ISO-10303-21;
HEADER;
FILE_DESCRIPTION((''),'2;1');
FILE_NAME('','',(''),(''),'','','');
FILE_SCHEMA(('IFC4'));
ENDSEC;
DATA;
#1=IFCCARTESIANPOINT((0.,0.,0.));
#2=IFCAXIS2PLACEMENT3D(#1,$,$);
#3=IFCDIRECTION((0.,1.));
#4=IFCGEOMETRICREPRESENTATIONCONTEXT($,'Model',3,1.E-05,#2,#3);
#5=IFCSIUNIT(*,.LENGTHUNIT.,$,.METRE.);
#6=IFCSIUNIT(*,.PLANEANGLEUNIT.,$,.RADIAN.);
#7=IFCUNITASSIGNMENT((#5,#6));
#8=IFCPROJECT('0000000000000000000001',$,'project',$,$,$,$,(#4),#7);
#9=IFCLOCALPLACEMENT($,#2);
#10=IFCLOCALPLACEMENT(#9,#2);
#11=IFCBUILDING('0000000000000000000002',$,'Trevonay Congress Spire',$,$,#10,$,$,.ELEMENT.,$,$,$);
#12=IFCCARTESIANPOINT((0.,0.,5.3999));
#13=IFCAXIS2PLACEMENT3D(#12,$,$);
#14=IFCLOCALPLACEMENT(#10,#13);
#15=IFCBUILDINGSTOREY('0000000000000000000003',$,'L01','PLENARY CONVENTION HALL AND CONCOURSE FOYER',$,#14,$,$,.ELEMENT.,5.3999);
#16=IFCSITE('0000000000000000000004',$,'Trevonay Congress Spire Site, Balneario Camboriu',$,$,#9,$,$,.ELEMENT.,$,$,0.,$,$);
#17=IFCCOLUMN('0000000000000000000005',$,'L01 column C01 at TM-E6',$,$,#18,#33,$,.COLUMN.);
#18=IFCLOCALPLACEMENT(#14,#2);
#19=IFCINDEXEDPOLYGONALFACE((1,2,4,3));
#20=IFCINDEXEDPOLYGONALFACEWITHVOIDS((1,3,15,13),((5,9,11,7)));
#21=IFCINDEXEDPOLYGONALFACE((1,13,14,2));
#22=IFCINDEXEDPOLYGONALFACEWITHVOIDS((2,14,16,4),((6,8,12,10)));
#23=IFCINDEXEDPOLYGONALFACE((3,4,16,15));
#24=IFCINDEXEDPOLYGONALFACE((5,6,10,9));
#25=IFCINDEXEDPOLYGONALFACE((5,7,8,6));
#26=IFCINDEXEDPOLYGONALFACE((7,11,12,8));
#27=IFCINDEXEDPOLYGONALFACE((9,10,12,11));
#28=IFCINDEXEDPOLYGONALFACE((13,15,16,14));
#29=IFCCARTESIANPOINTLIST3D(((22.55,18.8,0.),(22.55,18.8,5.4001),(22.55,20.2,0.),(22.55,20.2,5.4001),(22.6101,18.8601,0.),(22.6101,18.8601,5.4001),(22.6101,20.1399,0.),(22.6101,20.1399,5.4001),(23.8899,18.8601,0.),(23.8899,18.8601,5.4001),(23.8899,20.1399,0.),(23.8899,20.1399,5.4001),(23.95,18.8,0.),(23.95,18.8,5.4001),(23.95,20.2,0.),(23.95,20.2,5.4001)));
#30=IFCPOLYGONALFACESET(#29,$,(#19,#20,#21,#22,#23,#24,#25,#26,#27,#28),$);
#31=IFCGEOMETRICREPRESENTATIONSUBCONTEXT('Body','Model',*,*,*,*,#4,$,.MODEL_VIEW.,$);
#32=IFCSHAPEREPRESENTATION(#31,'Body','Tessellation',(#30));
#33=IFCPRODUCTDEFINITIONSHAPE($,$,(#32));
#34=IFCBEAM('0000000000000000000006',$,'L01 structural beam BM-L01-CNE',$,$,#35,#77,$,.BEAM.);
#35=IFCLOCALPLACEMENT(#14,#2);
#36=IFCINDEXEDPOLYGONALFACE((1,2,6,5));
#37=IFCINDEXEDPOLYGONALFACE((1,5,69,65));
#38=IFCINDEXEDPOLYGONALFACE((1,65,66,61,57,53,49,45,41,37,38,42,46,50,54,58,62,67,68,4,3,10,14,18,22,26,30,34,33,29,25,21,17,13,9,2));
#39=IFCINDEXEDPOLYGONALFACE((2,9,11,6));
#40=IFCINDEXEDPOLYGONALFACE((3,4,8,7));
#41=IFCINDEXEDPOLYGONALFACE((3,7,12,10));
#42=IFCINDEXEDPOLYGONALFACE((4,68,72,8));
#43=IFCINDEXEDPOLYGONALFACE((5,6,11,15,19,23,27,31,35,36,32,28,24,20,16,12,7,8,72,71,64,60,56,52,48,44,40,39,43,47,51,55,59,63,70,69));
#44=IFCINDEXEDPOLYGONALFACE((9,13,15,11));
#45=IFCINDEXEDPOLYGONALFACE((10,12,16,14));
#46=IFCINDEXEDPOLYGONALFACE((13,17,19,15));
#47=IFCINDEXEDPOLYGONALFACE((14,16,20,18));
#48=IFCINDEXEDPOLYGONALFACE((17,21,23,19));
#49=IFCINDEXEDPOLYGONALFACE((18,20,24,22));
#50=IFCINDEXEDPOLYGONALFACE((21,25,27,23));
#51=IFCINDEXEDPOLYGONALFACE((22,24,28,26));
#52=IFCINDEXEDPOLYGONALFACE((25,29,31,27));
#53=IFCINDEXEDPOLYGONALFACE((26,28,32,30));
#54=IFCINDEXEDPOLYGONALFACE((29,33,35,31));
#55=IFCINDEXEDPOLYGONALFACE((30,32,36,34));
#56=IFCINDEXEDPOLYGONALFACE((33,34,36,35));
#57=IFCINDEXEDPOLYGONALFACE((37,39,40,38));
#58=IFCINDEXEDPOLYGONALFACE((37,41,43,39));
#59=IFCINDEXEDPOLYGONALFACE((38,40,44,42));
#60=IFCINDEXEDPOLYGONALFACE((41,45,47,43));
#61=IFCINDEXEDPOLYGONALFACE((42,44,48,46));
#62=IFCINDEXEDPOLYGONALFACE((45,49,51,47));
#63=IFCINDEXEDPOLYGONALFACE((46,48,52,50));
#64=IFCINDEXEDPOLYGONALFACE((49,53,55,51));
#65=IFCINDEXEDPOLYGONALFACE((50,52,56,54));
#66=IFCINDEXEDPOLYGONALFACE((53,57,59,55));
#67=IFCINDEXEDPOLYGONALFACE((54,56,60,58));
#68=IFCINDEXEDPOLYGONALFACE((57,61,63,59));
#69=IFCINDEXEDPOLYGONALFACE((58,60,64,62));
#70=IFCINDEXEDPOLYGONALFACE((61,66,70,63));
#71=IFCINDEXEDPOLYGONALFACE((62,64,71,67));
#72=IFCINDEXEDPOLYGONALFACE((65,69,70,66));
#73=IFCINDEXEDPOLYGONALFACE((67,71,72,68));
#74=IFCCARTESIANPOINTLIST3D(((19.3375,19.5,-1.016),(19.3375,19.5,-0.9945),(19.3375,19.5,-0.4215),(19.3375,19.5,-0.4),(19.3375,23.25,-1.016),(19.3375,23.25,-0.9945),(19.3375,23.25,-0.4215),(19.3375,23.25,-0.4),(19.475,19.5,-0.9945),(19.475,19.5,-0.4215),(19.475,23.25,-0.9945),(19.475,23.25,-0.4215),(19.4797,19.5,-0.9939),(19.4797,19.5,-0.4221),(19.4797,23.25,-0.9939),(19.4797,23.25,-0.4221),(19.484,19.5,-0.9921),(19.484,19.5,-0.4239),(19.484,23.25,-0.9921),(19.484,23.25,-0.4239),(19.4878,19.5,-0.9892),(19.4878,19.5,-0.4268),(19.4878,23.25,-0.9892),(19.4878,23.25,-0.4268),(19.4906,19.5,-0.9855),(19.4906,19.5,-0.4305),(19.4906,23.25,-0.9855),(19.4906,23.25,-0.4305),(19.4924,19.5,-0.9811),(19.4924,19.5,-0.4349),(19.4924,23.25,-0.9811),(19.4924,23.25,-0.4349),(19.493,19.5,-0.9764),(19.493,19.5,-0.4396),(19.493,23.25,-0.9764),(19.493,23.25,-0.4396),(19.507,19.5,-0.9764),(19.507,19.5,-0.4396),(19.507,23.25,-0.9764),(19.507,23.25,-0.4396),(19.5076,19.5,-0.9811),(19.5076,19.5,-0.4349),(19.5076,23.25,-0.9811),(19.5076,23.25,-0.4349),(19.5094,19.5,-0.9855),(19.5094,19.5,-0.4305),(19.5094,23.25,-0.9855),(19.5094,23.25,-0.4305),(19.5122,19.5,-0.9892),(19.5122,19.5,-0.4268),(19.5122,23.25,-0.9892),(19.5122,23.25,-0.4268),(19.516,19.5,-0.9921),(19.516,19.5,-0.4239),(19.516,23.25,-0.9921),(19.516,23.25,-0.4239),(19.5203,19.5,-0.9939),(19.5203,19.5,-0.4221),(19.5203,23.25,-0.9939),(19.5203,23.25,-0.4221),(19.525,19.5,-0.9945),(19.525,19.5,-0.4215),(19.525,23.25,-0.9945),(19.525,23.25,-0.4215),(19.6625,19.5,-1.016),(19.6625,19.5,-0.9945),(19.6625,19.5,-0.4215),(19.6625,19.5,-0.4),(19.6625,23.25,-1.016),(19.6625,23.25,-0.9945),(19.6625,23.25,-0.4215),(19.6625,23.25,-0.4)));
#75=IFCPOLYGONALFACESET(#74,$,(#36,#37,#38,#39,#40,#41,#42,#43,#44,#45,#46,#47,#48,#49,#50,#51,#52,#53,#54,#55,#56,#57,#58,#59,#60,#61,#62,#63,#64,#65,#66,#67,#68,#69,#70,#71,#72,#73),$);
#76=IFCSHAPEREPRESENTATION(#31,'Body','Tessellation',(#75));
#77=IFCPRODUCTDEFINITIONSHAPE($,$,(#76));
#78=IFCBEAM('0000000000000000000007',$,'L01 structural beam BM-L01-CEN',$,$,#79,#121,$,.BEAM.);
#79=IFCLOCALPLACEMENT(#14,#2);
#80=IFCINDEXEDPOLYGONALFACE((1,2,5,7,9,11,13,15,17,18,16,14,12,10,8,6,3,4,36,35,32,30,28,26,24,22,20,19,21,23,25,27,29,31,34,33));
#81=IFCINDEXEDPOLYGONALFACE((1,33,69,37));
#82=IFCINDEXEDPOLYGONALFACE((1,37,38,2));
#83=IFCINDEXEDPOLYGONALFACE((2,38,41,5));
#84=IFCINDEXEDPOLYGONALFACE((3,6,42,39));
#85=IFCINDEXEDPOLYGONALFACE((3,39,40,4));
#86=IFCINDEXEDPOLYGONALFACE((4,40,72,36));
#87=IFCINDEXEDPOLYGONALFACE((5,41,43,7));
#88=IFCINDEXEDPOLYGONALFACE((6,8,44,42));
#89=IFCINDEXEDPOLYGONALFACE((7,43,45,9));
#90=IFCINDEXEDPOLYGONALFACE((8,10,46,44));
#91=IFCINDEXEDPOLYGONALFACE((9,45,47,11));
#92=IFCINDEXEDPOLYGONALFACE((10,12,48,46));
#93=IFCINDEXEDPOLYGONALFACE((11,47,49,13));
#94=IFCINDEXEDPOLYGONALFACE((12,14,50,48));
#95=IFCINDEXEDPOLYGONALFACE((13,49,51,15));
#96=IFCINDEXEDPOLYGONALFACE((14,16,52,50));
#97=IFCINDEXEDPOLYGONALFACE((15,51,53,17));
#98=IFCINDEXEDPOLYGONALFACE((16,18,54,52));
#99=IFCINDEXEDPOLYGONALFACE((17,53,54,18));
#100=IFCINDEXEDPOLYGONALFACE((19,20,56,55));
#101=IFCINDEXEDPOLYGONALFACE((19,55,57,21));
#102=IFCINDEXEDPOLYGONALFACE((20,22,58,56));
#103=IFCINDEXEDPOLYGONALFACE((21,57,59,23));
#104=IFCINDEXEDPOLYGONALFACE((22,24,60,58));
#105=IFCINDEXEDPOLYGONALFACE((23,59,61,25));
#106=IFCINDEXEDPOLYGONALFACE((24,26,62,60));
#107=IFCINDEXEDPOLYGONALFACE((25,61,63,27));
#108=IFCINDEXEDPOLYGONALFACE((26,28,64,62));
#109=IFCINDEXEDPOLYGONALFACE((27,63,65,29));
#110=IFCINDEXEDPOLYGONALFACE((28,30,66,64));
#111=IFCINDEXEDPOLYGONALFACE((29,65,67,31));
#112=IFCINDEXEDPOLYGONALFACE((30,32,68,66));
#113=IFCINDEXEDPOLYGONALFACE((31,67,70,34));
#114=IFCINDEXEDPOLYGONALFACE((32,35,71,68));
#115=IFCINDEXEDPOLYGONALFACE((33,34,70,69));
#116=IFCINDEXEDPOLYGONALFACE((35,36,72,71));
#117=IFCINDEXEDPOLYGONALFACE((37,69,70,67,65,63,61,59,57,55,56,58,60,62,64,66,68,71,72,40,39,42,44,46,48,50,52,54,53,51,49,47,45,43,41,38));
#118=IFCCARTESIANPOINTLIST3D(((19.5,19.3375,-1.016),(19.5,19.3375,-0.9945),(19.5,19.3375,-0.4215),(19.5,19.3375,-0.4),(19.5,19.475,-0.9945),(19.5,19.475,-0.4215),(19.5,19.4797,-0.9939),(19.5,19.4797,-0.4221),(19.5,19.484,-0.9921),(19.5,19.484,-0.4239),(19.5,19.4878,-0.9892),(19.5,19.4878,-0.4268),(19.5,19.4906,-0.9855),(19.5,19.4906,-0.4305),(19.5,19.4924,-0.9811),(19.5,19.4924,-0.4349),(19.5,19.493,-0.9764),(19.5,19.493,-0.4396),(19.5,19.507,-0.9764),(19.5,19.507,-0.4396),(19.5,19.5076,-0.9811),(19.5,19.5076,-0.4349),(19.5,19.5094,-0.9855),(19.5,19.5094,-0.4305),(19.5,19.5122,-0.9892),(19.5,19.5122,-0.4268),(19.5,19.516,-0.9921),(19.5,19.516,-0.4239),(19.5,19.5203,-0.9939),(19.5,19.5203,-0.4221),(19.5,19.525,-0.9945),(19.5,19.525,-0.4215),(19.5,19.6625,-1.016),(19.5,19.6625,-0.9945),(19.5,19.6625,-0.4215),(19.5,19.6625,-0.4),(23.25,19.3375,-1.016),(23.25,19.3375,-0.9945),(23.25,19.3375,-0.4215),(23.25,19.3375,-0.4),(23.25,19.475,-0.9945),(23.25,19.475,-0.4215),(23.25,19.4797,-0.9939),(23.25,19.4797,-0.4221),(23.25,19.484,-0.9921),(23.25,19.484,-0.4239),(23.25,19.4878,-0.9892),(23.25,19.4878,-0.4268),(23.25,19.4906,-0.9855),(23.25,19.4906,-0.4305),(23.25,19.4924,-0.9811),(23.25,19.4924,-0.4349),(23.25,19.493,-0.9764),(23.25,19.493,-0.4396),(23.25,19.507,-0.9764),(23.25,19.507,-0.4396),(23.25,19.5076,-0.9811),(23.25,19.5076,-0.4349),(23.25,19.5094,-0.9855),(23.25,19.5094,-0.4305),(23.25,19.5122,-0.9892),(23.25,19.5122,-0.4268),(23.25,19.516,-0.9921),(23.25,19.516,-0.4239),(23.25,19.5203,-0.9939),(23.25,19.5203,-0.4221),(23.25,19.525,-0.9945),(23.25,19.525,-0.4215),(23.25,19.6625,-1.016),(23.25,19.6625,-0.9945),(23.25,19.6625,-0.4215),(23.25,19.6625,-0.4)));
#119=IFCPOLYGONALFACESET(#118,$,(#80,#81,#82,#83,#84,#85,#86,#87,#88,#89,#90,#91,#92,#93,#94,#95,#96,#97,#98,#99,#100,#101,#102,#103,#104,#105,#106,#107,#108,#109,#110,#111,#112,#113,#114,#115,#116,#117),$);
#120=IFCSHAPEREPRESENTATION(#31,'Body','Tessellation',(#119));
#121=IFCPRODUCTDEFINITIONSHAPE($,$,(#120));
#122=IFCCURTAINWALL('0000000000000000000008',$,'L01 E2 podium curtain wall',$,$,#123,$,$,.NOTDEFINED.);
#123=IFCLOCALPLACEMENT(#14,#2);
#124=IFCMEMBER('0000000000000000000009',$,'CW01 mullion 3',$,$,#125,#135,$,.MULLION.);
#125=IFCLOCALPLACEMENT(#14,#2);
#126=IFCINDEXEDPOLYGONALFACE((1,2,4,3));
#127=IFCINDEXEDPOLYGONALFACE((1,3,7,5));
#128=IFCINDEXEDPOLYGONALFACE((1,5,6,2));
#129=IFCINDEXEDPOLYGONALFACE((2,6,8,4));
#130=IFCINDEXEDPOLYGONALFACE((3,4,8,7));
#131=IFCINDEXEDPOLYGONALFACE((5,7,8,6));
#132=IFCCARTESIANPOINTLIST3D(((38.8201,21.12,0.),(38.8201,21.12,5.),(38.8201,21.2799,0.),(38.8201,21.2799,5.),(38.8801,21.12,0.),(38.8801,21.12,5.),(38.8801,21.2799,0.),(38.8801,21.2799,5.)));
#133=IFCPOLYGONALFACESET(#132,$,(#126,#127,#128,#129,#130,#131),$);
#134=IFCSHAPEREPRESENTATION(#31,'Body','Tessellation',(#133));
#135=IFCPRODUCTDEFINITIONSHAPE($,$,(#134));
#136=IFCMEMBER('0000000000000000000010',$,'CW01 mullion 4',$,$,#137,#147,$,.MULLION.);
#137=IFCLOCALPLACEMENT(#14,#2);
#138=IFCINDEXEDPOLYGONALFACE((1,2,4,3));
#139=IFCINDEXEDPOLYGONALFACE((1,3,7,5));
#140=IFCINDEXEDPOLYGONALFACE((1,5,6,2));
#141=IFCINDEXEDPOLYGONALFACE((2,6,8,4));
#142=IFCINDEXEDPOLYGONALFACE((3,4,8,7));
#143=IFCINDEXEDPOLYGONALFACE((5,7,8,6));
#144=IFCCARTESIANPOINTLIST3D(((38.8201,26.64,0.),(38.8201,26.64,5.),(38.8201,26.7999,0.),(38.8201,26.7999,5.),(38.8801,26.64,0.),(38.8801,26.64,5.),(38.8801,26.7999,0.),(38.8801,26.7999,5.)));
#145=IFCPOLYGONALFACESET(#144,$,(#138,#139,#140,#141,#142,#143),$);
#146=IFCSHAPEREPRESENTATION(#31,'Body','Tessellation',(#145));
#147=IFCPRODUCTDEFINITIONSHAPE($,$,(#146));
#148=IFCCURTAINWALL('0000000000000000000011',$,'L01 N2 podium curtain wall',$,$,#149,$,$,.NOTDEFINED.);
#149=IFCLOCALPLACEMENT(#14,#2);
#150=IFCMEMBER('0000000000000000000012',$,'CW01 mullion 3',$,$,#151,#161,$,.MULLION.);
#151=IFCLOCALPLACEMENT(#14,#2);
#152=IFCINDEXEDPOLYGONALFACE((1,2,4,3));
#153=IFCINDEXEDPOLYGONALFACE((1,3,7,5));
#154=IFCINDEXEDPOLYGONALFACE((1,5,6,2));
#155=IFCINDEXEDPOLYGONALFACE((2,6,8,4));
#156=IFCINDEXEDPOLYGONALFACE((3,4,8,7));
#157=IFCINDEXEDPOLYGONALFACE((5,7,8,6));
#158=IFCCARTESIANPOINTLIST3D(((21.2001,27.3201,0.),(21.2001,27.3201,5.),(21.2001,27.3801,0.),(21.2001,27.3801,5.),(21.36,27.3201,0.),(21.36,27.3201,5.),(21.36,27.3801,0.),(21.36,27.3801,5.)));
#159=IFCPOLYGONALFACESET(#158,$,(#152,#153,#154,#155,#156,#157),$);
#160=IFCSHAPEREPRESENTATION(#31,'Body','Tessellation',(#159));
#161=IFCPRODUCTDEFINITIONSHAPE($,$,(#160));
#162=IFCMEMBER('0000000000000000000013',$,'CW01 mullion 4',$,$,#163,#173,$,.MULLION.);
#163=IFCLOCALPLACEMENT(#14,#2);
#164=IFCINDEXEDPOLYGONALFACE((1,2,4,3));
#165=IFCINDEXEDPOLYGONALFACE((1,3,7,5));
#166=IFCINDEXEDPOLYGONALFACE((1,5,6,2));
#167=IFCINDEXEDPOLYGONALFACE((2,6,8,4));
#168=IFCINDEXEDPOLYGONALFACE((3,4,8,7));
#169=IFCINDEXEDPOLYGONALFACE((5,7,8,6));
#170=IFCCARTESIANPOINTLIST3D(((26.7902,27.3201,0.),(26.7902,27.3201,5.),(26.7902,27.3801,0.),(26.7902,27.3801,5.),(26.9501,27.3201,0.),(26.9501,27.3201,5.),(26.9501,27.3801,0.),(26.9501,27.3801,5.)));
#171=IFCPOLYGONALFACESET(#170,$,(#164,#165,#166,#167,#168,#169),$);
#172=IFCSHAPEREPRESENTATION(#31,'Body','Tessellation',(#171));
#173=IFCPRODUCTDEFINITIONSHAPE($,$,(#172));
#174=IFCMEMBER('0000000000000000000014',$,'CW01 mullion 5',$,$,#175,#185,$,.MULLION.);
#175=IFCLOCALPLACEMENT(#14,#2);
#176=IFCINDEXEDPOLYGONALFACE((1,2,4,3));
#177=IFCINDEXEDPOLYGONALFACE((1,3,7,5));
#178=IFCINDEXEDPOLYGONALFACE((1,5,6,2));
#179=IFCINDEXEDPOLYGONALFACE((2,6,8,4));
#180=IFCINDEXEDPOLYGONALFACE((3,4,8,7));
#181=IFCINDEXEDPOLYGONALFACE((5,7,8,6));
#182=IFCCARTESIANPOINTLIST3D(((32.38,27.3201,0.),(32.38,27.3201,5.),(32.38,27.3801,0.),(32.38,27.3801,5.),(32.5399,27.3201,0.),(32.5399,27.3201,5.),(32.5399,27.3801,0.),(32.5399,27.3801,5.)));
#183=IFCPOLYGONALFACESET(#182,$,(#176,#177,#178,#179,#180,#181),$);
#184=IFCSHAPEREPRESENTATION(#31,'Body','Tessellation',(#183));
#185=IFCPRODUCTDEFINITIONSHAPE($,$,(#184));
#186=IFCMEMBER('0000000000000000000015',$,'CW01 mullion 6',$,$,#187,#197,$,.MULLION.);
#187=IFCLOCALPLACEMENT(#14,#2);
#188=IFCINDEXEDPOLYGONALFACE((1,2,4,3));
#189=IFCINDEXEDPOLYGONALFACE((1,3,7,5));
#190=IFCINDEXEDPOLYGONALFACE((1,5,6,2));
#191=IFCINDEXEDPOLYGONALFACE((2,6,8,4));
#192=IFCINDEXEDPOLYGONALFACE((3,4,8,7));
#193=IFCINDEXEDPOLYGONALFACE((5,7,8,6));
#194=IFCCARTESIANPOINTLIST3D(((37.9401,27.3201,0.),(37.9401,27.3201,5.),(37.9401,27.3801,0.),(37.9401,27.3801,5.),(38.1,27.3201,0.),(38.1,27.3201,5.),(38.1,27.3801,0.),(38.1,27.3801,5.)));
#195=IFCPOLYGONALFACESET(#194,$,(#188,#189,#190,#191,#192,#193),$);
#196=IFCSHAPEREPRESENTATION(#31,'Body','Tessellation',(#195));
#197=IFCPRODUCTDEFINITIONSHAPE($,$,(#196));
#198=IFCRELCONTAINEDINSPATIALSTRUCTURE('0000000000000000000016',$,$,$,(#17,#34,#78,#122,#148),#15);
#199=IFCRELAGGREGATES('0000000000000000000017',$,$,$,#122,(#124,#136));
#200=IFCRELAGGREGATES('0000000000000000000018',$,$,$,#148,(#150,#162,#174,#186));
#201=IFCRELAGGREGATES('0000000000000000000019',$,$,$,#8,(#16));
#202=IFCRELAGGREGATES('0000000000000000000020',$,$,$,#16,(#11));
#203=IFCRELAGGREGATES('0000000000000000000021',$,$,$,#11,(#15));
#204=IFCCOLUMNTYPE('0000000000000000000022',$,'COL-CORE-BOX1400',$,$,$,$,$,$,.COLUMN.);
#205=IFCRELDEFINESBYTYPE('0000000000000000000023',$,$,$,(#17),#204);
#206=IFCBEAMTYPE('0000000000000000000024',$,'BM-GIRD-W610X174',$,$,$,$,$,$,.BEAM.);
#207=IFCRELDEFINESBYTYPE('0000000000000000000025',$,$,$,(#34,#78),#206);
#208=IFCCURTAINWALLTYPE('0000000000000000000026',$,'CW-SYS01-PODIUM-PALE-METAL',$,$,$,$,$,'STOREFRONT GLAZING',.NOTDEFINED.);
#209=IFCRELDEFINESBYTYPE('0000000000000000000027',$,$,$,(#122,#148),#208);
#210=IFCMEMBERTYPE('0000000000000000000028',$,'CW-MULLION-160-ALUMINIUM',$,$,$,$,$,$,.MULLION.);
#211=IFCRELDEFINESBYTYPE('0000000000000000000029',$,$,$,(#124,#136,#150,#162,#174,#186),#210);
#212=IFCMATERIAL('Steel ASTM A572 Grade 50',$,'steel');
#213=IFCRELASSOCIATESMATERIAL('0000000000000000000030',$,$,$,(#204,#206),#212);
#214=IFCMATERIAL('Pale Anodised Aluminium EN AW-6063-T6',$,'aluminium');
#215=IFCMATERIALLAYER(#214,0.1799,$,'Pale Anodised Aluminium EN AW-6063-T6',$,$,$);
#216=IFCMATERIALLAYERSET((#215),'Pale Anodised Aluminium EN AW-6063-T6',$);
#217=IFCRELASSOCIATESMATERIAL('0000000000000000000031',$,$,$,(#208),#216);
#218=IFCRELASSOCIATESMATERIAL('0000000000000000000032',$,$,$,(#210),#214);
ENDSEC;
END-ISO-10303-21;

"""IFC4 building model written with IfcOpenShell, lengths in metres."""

from ifc_helpers import new_model, si_unit, direction, frame, origin, origin_2d, place, context, subcontext, project, spatial, rectangle, hollow_rectangle, i_section, extrude, material, layer, layer_set, material_profile, profile_set, type_object, element, aggregate, save


model = new_model("IFC4")

# Units and contexts
model_context = context("Model", 3, precision=1e-05, world=origin(), true_north=direction((0.0, 1.0)))
body_context = subcontext(model_context, "Body", "Model", "MODEL_VIEW")
ifc_project = project(units=[si_unit("LENGTHUNIT", "METRE"), si_unit("PLANEANGLEUNIT", "RADIAN")], contexts=[model_context])

# Site, building, storey
site_placement = place(None, origin())
site = spatial("IfcSite", under=ifc_project, at=site_placement, Name="Trevonay Congress Spire Site, Balneario Camboriu", CompositionType="ELEMENT", RefElevation=0.0)
building_placement = place(site_placement, origin())
building = spatial("IfcBuilding", under=site, at=building_placement, Name="Trevonay Congress Spire", CompositionType="ELEMENT")
storey_placement = place(building_placement, frame((0.0, 0.0, 5.3999)))
storey = spatial("IfcBuildingStorey", under=building, at=storey_placement, Name="L01", Description="PLENARY CONVENTION HALL AND CONCOURSE FOYER", CompositionType="ELEMENT", Elevation=5.3999)

# Column
ifc_material_1 = material(Name="Steel ASTM A572 Grade 50", Category="steel")
ifc_material_profile_1 = material_profile(ifc_material_1, hollow_rectangle(XDim=1.3999, YDim=1.3999, WallThickness=0.0601, at=origin_2d()), Name="BOX 1400x1400x60")
ifc_profile_set_1 = profile_set([ifc_material_profile_1], Name="Steel ASTM A572 Grade 50")
column_type = type_object("IfcColumnType", Name="COL-CORE-BOX1400", PredefinedType="COLUMN", material=ifc_profile_set_1)
column_placement = place(storey_placement, frame((23.25, 19.5, 0.0), z_axis=(0.0, 0.0, 1.0), x_axis=(1.0, 0.0, 0.0)))
element("IfcColumn", 1, at=column_placement, inside=storey, type_object=column_type, Name="L01 column C01 at TM-E6", PredefinedType="COLUMN", context=body_context, shape_type="SweptSolid", body=[
    extrude(hollow_rectangle(XDim=1.3999, YDim=1.3999, WallThickness=0.0601, at=origin_2d()), origin(), (0.0, 0.0, 1.0), 5.4001),
])

# Beams
ifc_material_profile_2 = material_profile(ifc_material_1, i_section(OverallWidth=0.325, OverallDepth=0.616, WebThickness=0.0139, FlangeThickness=0.0215, FilletRadius=0.0181, at=origin_2d()), Name="W610x174")
ifc_profile_set_2 = profile_set([ifc_material_profile_2], Name="Steel ASTM A572 Grade 50")
beam_type = type_object("IfcBeamType", Name="BM-GIRD-W610X174", PredefinedType="BEAM", material=ifc_profile_set_2)
for number, where, z_axis, x_axis, name in (
    (2, (19.5, 23.25, -0.708), (0.0, -1.0, 0.0), (1.0, 0.0, 0.0), "L01 structural beam BM-L01-CNE"),
    (3, (23.25, 19.5, -0.708), (-1.0, 0.0, 0.0), (0.0, -1.0, 0.0), "L01 structural beam BM-L01-CEN"),
):
    element("IfcBeam", number, at=place(storey_placement, frame(where, z_axis=z_axis, x_axis=x_axis)), inside=storey, type_object=beam_type, Name=name, PredefinedType="BEAM", context=body_context, shape_type="SweptSolid", body=[
        extrude(i_section(OverallWidth=0.325, OverallDepth=0.616, WebThickness=0.0139, FlangeThickness=0.0215, FilletRadius=0.0181, at=origin_2d()), origin(), (0.0, 0.0, 1.0), 3.75),
    ])

# Curtain walls, members
ifc_material_2 = material(Name="Pale Anodised Aluminium EN AW-6063-T6", Category="aluminium")
ifc_layer_1 = layer(ifc_material_2, 0.1799, Name="Pale Anodised Aluminium EN AW-6063-T6")
ifc_layer_set_1 = layer_set([ifc_layer_1], Name="Pale Anodised Aluminium EN AW-6063-T6")
curtain_wall_type = type_object("IfcCurtainWallType", Name="CW-SYS01-PODIUM-PALE-METAL", ElementType="STOREFRONT GLAZING", PredefinedType="NOTDEFINED", material=ifc_layer_set_1)
curtain_wall_1_placement = place(storey_placement, origin())
curtain_wall_1 = element("IfcCurtainWall", 4, at=curtain_wall_1_placement, inside=storey, type_object=curtain_wall_type, Name="L01 E2 podium curtain wall", PredefinedType="NOTDEFINED")
ifc_material_profile_3 = material_profile(ifc_material_2, rectangle(XDim=0.0601, YDim=0.1599, at=origin_2d()), Name="CW-MULLION-160-ALUMINIUM")
ifc_profile_set_3 = profile_set([ifc_material_profile_3], Name="Pale Anodised Aluminium EN AW-6063-T6")
member_type_1 = type_object("IfcMemberType", Name="CW-MULLION-160-ALUMINIUM", PredefinedType="MULLION", material=ifc_profile_set_3)
member_1_placement = place(storey_placement, frame((38.8501, 21.2, 0.0), z_axis=(0.0, 0.0, 1.0), x_axis=(-1.0, 0.0, 0.0)))
member_1 = element("IfcMember", 5, at=member_1_placement, type_object=member_type_1, Name="CW01 mullion 3", PredefinedType="MULLION", context=body_context, shape_type="SweptSolid", body=[
    extrude(rectangle(XDim=0.0601, YDim=0.1599, at=origin_2d()), origin(), (0.0, 0.0, 1.0), 5.0),
])
member_2_placement = place(storey_placement, frame((38.8501, 26.72, 0.0), z_axis=(0.0, 0.0, 1.0), x_axis=(-1.0, 0.0, 0.0)))
member_2 = element("IfcMember", 6, at=member_2_placement, type_object=member_type_1, Name="CW01 mullion 4", PredefinedType="MULLION", context=body_context, shape_type="SweptSolid", body=[
    extrude(rectangle(XDim=0.0601, YDim=0.1599, at=origin_2d()), origin(), (0.0, 0.0, 1.0), 5.0),
])
curtain_wall_2_placement = place(storey_placement, origin())
curtain_wall_2 = element("IfcCurtainWall", 7, at=curtain_wall_2_placement, inside=storey, type_object=curtain_wall_type, Name="L01 N2 podium curtain wall", PredefinedType="NOTDEFINED")
member_3_placement = place(storey_placement, frame((21.28, 27.3501, 0.0), z_axis=(0.0, 0.0, 1.0), x_axis=(0.0, 1.0, 0.0)))
member_3 = element("IfcMember", 8, at=member_3_placement, type_object=member_type_1, Name="CW01 mullion 3", PredefinedType="MULLION", context=body_context, shape_type="SweptSolid", body=[
    extrude(rectangle(XDim=0.0601, YDim=0.1599, at=origin_2d()), origin(), (0.0, 0.0, 1.0), 5.0),
])
member_4_placement = place(storey_placement, frame((26.8701, 27.3501, 0.0), z_axis=(0.0, 0.0, 1.0), x_axis=(0.0, 1.0, 0.0)))
member_4 = element("IfcMember", 9, at=member_4_placement, type_object=member_type_1, Name="CW01 mullion 4", PredefinedType="MULLION", context=body_context, shape_type="SweptSolid", body=[
    extrude(rectangle(XDim=0.0601, YDim=0.1599, at=origin_2d()), origin(), (0.0, 0.0, 1.0), 5.0),
])
member_5_placement = place(storey_placement, frame((32.46, 27.3501, 0.0), z_axis=(0.0, 0.0, 1.0), x_axis=(0.0, 1.0, 0.0)))
member_5 = element("IfcMember", 10, at=member_5_placement, type_object=member_type_1, Name="CW01 mullion 5", PredefinedType="MULLION", context=body_context, shape_type="SweptSolid", body=[
    extrude(rectangle(XDim=0.0601, YDim=0.1599, at=origin_2d()), origin(), (0.0, 0.0, 1.0), 5.0),
])
member_6_placement = place(storey_placement, frame((38.02, 27.3501, 0.0), z_axis=(0.0, 0.0, 1.0), x_axis=(0.0, 1.0, 0.0)))
member_6 = element("IfcMember", 11, at=member_6_placement, type_object=member_type_1, Name="CW01 mullion 6", PredefinedType="MULLION", context=body_context, shape_type="SweptSolid", body=[
    extrude(rectangle(XDim=0.0601, YDim=0.1599, at=origin_2d()), origin(), (0.0, 0.0, 1.0), 5.0),
])

aggregate(curtain_wall_1, [member_1, member_2])
aggregate(curtain_wall_2, [member_3, member_4, member_5, member_6])

save(model, "model.ifc")
